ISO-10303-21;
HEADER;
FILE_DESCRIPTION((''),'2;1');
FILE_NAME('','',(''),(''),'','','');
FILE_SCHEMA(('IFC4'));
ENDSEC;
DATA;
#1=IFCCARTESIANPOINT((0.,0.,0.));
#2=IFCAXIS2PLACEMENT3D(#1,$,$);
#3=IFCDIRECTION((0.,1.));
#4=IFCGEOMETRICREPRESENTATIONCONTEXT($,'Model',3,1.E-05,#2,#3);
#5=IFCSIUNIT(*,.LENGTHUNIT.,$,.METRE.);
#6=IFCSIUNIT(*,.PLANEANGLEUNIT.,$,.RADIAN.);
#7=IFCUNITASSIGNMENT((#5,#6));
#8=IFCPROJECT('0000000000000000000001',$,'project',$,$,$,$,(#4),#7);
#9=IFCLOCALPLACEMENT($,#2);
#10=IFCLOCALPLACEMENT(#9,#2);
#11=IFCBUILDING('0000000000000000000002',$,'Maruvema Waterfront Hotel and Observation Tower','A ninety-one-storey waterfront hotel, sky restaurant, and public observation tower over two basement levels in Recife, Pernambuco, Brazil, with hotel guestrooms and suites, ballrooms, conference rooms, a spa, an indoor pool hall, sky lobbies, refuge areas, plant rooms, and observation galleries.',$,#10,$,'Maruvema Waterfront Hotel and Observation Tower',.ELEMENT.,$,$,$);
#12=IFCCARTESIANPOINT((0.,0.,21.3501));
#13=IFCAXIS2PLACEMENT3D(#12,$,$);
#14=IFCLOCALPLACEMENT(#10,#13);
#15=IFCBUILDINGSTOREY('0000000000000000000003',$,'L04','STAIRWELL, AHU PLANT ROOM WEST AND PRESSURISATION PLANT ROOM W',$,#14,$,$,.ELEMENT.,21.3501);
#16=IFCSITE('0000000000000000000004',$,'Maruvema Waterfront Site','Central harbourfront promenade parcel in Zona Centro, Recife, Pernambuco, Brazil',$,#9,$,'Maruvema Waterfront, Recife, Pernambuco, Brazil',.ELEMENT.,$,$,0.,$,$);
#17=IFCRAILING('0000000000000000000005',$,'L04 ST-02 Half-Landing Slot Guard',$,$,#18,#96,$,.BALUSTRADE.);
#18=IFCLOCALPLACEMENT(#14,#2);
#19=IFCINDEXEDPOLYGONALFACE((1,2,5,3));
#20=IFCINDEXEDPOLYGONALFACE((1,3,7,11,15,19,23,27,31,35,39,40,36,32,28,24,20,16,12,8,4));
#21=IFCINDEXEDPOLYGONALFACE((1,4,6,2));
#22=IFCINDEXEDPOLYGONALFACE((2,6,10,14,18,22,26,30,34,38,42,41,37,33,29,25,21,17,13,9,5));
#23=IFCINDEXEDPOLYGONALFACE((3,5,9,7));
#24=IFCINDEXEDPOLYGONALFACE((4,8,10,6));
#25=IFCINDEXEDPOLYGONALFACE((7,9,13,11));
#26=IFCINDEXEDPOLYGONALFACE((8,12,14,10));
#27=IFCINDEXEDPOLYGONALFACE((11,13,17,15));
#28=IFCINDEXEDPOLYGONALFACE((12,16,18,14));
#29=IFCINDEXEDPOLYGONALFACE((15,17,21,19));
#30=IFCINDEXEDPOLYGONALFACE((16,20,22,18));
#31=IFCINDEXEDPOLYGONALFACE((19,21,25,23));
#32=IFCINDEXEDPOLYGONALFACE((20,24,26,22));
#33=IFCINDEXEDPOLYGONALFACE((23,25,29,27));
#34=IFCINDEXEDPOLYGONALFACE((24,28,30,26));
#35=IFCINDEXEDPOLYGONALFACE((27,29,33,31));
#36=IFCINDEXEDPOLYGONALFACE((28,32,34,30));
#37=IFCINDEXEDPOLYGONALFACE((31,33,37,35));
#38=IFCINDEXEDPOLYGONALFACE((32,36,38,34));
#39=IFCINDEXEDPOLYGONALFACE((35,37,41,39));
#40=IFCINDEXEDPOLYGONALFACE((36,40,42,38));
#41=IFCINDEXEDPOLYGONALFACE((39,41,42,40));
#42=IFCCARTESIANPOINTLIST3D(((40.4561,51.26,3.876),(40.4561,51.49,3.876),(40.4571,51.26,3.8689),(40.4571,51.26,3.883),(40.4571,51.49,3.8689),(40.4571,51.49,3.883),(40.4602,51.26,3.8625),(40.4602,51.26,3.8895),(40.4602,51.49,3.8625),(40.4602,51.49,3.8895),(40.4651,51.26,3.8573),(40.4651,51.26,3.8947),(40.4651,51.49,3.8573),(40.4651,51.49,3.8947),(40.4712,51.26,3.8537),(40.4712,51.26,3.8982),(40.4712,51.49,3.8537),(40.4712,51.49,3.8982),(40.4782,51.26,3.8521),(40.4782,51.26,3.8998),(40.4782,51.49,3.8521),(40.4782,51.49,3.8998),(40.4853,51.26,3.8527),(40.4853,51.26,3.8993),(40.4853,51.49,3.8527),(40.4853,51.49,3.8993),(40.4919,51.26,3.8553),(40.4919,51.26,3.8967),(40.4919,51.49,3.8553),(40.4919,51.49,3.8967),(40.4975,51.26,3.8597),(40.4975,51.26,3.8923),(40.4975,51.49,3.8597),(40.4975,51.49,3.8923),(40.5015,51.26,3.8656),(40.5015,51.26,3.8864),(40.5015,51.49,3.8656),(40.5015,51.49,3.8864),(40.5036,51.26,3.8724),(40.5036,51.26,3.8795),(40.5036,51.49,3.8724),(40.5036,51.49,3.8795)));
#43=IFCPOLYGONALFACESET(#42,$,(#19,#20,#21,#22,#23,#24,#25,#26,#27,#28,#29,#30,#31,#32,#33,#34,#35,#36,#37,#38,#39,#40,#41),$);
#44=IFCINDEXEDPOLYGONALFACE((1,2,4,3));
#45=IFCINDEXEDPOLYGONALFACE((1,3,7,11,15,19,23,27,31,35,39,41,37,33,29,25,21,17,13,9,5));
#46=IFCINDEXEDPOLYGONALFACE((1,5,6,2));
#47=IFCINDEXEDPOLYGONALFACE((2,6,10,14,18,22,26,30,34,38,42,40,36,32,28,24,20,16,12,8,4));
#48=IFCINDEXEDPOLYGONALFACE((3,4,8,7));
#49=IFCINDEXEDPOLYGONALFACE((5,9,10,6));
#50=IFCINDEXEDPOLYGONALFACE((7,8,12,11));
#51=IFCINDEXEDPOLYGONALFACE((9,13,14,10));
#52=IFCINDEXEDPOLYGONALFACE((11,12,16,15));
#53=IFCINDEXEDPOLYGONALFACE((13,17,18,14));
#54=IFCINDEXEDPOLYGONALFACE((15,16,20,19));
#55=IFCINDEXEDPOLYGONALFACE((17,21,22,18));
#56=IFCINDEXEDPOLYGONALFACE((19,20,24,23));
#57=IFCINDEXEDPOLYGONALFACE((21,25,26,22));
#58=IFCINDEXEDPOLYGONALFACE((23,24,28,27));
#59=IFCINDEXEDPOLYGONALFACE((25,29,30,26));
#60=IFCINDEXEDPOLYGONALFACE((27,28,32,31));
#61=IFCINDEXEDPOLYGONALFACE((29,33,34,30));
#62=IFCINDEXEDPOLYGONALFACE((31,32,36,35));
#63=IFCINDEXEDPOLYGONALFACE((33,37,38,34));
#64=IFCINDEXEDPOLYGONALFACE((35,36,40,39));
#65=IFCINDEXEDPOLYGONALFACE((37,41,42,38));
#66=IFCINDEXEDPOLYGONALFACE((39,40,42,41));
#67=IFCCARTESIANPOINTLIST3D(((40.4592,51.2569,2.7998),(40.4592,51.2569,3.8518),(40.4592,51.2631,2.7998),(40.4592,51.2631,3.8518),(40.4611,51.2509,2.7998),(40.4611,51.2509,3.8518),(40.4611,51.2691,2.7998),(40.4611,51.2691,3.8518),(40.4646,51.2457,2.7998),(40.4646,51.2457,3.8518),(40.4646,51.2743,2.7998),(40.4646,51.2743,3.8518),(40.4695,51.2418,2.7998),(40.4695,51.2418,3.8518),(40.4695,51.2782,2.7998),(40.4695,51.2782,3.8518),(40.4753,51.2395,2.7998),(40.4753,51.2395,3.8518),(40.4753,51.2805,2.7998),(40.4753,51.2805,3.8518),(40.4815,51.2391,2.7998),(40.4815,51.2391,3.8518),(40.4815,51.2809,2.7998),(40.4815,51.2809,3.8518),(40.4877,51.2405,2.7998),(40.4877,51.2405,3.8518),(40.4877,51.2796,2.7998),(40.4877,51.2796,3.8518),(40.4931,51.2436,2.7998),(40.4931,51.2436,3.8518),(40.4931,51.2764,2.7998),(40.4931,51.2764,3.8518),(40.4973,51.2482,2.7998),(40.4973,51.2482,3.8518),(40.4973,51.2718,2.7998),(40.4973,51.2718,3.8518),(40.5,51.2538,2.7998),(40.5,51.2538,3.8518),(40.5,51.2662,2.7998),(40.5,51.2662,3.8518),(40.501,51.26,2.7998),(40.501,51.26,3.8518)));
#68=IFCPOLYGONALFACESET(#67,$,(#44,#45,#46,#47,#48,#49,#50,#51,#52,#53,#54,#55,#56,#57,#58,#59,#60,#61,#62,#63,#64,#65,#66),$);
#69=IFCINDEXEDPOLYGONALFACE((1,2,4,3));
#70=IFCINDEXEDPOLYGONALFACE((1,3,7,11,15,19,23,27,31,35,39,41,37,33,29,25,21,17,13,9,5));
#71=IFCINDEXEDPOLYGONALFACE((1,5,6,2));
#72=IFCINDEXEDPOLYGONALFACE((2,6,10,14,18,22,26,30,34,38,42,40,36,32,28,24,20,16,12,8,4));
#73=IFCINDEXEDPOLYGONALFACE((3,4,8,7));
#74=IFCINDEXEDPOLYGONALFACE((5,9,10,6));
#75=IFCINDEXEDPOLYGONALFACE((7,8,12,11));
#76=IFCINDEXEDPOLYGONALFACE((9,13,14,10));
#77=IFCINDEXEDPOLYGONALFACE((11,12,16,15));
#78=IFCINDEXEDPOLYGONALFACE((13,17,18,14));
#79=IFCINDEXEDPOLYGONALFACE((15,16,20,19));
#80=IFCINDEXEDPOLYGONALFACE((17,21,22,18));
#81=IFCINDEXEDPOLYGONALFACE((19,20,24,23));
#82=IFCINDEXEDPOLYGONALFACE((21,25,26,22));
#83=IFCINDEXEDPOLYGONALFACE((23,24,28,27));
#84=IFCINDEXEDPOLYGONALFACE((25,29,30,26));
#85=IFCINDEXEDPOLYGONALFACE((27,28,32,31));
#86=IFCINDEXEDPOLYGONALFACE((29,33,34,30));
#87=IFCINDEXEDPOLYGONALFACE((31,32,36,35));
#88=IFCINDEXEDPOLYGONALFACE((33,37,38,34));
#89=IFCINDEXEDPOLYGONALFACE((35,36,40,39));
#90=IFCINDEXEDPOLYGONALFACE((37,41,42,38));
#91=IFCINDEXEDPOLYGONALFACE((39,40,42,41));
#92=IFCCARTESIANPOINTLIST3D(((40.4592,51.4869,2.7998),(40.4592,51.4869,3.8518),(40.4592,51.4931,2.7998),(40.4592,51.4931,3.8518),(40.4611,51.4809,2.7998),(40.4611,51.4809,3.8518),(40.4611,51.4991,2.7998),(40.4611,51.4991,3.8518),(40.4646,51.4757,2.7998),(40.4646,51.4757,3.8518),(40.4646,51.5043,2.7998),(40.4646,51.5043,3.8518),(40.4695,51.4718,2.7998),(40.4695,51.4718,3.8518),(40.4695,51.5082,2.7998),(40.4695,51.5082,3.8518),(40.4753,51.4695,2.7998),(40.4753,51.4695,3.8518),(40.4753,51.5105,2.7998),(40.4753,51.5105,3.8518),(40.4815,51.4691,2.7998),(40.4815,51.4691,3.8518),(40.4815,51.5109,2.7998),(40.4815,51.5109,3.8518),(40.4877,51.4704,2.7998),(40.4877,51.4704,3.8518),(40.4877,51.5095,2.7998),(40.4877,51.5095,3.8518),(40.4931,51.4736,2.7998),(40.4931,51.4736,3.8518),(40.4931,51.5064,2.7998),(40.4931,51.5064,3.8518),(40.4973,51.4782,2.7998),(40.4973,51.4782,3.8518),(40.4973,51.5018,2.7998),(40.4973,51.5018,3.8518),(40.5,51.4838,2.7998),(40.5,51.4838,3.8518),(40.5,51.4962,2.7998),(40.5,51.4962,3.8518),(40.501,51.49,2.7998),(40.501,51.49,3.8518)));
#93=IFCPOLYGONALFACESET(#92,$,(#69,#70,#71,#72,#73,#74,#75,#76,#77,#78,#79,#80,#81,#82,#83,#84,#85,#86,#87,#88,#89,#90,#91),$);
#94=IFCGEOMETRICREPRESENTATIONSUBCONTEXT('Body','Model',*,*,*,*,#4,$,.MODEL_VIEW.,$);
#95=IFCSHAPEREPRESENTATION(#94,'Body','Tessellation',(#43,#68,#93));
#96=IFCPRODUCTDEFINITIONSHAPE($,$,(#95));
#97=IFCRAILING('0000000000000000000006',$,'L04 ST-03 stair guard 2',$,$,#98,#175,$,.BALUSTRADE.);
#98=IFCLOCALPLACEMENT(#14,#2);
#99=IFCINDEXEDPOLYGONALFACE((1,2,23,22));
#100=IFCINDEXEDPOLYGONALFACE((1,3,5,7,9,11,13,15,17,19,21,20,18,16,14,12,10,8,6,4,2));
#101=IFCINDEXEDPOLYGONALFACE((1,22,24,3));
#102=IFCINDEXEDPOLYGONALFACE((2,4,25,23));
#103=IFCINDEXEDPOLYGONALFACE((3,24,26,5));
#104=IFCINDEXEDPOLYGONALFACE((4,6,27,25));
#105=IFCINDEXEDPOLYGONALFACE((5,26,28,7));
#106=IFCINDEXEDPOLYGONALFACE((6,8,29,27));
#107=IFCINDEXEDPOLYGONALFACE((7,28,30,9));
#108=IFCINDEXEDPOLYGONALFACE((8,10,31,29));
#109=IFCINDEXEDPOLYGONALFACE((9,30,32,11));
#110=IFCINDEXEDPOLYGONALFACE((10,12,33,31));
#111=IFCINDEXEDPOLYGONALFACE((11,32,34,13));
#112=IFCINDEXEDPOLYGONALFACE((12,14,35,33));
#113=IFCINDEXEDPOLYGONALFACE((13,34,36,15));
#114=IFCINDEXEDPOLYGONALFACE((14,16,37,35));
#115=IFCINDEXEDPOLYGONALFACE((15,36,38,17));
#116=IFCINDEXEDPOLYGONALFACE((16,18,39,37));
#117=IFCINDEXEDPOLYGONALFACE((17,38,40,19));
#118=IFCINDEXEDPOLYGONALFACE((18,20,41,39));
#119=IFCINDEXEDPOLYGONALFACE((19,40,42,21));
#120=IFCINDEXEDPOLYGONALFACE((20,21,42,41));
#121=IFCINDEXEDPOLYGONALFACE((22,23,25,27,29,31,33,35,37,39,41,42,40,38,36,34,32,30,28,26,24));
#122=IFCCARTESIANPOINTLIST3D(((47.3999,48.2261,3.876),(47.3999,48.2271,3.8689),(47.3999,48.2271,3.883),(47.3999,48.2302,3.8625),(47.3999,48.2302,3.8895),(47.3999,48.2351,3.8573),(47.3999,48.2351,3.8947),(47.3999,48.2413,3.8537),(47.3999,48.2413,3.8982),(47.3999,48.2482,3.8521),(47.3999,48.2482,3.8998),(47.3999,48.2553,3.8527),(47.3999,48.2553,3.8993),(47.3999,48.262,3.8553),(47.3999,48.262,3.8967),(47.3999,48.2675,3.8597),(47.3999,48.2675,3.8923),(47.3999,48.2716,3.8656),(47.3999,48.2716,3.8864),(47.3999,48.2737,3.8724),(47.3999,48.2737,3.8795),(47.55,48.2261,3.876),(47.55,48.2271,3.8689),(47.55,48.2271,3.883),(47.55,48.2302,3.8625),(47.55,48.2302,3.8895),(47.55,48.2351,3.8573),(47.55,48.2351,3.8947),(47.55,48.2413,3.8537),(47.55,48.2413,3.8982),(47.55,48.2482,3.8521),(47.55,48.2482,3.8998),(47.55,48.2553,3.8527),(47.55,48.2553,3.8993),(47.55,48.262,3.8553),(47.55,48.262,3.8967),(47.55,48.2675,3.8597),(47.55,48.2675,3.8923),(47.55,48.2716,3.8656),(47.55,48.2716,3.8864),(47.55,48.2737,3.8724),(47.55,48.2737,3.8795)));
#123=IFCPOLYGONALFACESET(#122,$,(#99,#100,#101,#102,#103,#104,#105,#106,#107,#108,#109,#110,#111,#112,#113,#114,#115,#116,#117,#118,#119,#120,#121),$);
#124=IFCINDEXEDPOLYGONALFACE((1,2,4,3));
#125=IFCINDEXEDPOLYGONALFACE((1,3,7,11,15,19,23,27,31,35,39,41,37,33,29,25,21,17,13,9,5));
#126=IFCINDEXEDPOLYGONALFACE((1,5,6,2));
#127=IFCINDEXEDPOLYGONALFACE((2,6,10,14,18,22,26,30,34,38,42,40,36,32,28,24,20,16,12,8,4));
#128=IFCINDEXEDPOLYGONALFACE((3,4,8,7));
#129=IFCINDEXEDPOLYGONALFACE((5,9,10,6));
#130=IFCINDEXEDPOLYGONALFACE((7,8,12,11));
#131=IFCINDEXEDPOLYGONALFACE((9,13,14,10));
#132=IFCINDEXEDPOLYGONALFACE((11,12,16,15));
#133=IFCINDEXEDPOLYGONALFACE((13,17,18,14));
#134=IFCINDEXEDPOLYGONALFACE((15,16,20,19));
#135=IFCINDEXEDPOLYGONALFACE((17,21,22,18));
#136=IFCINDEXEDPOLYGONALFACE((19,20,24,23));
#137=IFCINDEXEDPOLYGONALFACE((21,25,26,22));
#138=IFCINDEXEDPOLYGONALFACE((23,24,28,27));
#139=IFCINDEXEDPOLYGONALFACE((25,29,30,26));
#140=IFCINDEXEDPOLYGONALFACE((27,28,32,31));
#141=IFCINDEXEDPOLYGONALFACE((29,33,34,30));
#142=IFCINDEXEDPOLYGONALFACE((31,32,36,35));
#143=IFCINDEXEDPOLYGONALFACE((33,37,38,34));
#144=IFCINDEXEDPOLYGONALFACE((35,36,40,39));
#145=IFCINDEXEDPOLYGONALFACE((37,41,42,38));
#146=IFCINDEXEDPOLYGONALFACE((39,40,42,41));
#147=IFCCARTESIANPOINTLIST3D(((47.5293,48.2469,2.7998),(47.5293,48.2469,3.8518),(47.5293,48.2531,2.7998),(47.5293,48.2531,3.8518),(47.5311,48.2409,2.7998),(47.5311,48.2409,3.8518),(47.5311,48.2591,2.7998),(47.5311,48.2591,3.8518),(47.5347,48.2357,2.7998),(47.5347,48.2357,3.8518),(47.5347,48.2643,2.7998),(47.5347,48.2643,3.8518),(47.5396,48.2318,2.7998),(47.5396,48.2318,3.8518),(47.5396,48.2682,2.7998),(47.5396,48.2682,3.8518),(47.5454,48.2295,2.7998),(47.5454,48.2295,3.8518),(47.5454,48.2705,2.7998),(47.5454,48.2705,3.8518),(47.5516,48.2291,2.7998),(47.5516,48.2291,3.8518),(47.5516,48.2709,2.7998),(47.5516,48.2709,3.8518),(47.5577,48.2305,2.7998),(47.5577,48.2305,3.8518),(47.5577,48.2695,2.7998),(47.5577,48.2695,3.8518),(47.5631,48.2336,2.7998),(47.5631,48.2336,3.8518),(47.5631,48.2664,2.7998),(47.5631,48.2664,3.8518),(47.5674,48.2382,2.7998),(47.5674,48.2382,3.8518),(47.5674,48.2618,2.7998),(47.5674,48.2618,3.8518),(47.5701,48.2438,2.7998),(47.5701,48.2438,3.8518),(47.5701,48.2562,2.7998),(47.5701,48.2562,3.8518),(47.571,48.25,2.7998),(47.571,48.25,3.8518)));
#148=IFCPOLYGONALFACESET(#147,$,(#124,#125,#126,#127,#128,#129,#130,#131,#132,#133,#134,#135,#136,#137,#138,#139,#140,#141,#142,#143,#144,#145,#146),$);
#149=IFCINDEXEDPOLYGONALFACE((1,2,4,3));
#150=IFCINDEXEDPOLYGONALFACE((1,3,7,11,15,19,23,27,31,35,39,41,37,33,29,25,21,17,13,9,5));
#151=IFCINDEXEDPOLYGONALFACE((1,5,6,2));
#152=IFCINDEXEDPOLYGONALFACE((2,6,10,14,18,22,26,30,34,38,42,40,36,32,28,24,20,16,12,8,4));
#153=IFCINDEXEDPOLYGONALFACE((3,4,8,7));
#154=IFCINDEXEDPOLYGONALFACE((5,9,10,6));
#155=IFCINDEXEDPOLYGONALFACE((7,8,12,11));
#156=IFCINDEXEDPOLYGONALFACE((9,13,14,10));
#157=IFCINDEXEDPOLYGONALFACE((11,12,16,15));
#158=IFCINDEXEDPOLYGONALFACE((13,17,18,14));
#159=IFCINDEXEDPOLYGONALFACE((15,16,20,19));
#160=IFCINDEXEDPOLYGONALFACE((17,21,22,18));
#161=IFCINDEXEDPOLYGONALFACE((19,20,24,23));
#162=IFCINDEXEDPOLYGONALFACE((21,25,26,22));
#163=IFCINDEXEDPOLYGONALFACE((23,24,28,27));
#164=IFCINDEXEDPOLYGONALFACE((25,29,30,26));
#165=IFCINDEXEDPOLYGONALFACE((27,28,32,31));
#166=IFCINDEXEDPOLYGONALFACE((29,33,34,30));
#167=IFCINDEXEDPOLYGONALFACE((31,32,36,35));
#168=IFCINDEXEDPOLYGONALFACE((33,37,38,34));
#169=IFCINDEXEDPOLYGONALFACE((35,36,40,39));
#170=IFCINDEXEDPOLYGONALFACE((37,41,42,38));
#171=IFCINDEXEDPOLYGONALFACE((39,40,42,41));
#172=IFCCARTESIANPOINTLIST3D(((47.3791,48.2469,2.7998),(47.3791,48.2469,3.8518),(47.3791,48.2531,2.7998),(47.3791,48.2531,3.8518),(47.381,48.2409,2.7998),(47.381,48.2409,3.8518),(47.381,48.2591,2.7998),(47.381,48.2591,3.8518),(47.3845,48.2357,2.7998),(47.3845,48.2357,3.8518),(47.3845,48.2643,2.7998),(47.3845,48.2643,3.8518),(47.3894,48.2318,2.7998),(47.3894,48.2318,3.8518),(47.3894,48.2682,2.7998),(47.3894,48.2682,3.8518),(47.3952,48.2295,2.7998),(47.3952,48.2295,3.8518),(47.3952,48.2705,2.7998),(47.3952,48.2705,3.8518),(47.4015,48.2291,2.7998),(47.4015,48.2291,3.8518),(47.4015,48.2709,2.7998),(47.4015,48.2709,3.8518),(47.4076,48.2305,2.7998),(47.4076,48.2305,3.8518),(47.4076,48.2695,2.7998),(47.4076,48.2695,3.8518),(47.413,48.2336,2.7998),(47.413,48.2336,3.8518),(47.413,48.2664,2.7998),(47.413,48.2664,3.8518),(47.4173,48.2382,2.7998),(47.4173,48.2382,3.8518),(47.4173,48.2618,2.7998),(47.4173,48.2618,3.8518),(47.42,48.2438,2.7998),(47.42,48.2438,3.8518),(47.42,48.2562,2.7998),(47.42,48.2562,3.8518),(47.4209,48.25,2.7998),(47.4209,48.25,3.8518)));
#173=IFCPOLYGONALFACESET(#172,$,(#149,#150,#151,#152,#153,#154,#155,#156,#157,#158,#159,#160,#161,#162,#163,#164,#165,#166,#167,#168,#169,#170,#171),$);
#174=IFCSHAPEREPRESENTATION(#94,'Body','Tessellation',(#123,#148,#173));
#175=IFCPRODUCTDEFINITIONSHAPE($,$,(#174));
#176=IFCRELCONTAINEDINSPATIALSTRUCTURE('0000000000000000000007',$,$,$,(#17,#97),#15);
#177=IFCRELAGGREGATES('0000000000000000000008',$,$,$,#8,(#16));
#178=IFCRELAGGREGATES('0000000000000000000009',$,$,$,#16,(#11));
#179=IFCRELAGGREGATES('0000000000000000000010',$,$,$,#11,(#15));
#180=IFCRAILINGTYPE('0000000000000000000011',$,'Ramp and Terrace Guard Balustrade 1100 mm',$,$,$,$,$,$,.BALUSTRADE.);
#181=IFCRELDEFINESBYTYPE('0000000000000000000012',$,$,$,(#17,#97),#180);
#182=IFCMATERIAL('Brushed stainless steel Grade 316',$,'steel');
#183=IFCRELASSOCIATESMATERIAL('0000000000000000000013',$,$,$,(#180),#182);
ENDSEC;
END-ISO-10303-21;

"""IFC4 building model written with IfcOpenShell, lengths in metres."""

from ifc_helpers import new_model, si_unit, direction, frame, origin, origin_2d, place, context, subcontext, project, spatial, circle, extrude, material, type_object, element, save


model = new_model("IFC4")

# Units and contexts
model_context = context("Model", 3, precision=1e-05, world=origin(), true_north=direction((0.0, 1.0)))
body_context = subcontext(model_context, "Body", "Model", "MODEL_VIEW")
ifc_project = project(units=[si_unit("LENGTHUNIT", "METRE"), si_unit("PLANEANGLEUNIT", "RADIAN")], contexts=[model_context])

# Site, building, storey
site_placement = place(None, origin())
site = spatial("IfcSite", under=ifc_project, at=site_placement, Name="Maruvema Waterfront Site", Description="Central harbourfront promenade parcel in Zona Centro, Recife, Pernambuco, Brazil", LongName="Maruvema Waterfront, Recife, Pernambuco, Brazil", CompositionType="ELEMENT", RefElevation=0.0)
building_placement = place(site_placement, origin())
building = spatial("IfcBuilding", under=site, at=building_placement, Name="Maruvema Waterfront Hotel and Observation Tower", Description="A ninety-one-storey waterfront hotel, sky restaurant, and public observation tower over two basement levels in Recife, Pernambuco, Brazil, with hotel guestrooms and suites, ballrooms, conference rooms, a spa, an indoor pool hall, sky lobbies, refuge areas, plant rooms, and observation galleries.", LongName="Maruvema Waterfront Hotel and Observation Tower", CompositionType="ELEMENT")
storey_placement = place(building_placement, frame((0.0, 0.0, 21.3501)))
storey = spatial("IfcBuildingStorey", under=building, at=storey_placement, Name="L04", Description="STAIRWELL, AHU PLANT ROOM WEST AND PRESSURISATION PLANT ROOM W", CompositionType="ELEMENT", Elevation=21.3501)

# Railings
ifc_material_1 = material(Name="Brushed stainless steel Grade 316", Category="steel")
railing_type_1 = type_object("IfcRailingType", Name="Ramp and Terrace Guard Balustrade 1100 mm", PredefinedType="BALUSTRADE", material=ifc_material_1)
railing_1_placement = place(storey_placement, frame((40.48, 51.26, 2.7998)))
element("IfcRailing", 1, at=railing_1_placement, inside=storey, type_object=railing_type_1, Name="L04 ST-02 Half-Landing Slot Guard", PredefinedType="BALUSTRADE", context=body_context, shape_type="SweptSolid", body=[
    extrude(circle(Radius=0.0239, at=origin_2d()), frame((0.0, 0.0, 1.0762), z_axis=(0.0, 1.0, 0.0), x_axis=(-1.0, 0.0, 0.0)), (0.0, 0.0, 1.0), 0.23),
    extrude(circle(Radius=0.021, at=origin_2d()), origin(), (0.0, 0.0, 1.0), 1.052),
    extrude(circle(Radius=0.021, at=origin_2d()), frame((0.0, 0.23, 0.0)), (0.0, 0.0, 1.0), 1.052),
])
railing_2_placement = place(storey_placement, frame((47.55, 48.25, 2.7998)))
element("IfcRailing", 2, at=railing_2_placement, inside=storey, type_object=railing_type_1, Name="L04 ST-03 stair guard 2", PredefinedType="BALUSTRADE", context=body_context, shape_type="SweptSolid", body=[
    extrude(circle(Radius=0.0239, at=origin_2d()), frame((0.0, 0.0, 1.0762), z_axis=(-1.0, 0.0, 0.0), x_axis=(0.0, -1.0, 0.0)), (0.0, 0.0, 1.0), 0.1501),
    extrude(circle(Radius=0.021, at=origin_2d()), origin(), (0.0, 0.0, 1.0), 1.052),
    extrude(circle(Radius=0.021, at=origin_2d()), frame((-0.1501, 0.0, 0.0)), (0.0, 0.0, 1.0), 1.052),
])

save(model, "model.ifc")
